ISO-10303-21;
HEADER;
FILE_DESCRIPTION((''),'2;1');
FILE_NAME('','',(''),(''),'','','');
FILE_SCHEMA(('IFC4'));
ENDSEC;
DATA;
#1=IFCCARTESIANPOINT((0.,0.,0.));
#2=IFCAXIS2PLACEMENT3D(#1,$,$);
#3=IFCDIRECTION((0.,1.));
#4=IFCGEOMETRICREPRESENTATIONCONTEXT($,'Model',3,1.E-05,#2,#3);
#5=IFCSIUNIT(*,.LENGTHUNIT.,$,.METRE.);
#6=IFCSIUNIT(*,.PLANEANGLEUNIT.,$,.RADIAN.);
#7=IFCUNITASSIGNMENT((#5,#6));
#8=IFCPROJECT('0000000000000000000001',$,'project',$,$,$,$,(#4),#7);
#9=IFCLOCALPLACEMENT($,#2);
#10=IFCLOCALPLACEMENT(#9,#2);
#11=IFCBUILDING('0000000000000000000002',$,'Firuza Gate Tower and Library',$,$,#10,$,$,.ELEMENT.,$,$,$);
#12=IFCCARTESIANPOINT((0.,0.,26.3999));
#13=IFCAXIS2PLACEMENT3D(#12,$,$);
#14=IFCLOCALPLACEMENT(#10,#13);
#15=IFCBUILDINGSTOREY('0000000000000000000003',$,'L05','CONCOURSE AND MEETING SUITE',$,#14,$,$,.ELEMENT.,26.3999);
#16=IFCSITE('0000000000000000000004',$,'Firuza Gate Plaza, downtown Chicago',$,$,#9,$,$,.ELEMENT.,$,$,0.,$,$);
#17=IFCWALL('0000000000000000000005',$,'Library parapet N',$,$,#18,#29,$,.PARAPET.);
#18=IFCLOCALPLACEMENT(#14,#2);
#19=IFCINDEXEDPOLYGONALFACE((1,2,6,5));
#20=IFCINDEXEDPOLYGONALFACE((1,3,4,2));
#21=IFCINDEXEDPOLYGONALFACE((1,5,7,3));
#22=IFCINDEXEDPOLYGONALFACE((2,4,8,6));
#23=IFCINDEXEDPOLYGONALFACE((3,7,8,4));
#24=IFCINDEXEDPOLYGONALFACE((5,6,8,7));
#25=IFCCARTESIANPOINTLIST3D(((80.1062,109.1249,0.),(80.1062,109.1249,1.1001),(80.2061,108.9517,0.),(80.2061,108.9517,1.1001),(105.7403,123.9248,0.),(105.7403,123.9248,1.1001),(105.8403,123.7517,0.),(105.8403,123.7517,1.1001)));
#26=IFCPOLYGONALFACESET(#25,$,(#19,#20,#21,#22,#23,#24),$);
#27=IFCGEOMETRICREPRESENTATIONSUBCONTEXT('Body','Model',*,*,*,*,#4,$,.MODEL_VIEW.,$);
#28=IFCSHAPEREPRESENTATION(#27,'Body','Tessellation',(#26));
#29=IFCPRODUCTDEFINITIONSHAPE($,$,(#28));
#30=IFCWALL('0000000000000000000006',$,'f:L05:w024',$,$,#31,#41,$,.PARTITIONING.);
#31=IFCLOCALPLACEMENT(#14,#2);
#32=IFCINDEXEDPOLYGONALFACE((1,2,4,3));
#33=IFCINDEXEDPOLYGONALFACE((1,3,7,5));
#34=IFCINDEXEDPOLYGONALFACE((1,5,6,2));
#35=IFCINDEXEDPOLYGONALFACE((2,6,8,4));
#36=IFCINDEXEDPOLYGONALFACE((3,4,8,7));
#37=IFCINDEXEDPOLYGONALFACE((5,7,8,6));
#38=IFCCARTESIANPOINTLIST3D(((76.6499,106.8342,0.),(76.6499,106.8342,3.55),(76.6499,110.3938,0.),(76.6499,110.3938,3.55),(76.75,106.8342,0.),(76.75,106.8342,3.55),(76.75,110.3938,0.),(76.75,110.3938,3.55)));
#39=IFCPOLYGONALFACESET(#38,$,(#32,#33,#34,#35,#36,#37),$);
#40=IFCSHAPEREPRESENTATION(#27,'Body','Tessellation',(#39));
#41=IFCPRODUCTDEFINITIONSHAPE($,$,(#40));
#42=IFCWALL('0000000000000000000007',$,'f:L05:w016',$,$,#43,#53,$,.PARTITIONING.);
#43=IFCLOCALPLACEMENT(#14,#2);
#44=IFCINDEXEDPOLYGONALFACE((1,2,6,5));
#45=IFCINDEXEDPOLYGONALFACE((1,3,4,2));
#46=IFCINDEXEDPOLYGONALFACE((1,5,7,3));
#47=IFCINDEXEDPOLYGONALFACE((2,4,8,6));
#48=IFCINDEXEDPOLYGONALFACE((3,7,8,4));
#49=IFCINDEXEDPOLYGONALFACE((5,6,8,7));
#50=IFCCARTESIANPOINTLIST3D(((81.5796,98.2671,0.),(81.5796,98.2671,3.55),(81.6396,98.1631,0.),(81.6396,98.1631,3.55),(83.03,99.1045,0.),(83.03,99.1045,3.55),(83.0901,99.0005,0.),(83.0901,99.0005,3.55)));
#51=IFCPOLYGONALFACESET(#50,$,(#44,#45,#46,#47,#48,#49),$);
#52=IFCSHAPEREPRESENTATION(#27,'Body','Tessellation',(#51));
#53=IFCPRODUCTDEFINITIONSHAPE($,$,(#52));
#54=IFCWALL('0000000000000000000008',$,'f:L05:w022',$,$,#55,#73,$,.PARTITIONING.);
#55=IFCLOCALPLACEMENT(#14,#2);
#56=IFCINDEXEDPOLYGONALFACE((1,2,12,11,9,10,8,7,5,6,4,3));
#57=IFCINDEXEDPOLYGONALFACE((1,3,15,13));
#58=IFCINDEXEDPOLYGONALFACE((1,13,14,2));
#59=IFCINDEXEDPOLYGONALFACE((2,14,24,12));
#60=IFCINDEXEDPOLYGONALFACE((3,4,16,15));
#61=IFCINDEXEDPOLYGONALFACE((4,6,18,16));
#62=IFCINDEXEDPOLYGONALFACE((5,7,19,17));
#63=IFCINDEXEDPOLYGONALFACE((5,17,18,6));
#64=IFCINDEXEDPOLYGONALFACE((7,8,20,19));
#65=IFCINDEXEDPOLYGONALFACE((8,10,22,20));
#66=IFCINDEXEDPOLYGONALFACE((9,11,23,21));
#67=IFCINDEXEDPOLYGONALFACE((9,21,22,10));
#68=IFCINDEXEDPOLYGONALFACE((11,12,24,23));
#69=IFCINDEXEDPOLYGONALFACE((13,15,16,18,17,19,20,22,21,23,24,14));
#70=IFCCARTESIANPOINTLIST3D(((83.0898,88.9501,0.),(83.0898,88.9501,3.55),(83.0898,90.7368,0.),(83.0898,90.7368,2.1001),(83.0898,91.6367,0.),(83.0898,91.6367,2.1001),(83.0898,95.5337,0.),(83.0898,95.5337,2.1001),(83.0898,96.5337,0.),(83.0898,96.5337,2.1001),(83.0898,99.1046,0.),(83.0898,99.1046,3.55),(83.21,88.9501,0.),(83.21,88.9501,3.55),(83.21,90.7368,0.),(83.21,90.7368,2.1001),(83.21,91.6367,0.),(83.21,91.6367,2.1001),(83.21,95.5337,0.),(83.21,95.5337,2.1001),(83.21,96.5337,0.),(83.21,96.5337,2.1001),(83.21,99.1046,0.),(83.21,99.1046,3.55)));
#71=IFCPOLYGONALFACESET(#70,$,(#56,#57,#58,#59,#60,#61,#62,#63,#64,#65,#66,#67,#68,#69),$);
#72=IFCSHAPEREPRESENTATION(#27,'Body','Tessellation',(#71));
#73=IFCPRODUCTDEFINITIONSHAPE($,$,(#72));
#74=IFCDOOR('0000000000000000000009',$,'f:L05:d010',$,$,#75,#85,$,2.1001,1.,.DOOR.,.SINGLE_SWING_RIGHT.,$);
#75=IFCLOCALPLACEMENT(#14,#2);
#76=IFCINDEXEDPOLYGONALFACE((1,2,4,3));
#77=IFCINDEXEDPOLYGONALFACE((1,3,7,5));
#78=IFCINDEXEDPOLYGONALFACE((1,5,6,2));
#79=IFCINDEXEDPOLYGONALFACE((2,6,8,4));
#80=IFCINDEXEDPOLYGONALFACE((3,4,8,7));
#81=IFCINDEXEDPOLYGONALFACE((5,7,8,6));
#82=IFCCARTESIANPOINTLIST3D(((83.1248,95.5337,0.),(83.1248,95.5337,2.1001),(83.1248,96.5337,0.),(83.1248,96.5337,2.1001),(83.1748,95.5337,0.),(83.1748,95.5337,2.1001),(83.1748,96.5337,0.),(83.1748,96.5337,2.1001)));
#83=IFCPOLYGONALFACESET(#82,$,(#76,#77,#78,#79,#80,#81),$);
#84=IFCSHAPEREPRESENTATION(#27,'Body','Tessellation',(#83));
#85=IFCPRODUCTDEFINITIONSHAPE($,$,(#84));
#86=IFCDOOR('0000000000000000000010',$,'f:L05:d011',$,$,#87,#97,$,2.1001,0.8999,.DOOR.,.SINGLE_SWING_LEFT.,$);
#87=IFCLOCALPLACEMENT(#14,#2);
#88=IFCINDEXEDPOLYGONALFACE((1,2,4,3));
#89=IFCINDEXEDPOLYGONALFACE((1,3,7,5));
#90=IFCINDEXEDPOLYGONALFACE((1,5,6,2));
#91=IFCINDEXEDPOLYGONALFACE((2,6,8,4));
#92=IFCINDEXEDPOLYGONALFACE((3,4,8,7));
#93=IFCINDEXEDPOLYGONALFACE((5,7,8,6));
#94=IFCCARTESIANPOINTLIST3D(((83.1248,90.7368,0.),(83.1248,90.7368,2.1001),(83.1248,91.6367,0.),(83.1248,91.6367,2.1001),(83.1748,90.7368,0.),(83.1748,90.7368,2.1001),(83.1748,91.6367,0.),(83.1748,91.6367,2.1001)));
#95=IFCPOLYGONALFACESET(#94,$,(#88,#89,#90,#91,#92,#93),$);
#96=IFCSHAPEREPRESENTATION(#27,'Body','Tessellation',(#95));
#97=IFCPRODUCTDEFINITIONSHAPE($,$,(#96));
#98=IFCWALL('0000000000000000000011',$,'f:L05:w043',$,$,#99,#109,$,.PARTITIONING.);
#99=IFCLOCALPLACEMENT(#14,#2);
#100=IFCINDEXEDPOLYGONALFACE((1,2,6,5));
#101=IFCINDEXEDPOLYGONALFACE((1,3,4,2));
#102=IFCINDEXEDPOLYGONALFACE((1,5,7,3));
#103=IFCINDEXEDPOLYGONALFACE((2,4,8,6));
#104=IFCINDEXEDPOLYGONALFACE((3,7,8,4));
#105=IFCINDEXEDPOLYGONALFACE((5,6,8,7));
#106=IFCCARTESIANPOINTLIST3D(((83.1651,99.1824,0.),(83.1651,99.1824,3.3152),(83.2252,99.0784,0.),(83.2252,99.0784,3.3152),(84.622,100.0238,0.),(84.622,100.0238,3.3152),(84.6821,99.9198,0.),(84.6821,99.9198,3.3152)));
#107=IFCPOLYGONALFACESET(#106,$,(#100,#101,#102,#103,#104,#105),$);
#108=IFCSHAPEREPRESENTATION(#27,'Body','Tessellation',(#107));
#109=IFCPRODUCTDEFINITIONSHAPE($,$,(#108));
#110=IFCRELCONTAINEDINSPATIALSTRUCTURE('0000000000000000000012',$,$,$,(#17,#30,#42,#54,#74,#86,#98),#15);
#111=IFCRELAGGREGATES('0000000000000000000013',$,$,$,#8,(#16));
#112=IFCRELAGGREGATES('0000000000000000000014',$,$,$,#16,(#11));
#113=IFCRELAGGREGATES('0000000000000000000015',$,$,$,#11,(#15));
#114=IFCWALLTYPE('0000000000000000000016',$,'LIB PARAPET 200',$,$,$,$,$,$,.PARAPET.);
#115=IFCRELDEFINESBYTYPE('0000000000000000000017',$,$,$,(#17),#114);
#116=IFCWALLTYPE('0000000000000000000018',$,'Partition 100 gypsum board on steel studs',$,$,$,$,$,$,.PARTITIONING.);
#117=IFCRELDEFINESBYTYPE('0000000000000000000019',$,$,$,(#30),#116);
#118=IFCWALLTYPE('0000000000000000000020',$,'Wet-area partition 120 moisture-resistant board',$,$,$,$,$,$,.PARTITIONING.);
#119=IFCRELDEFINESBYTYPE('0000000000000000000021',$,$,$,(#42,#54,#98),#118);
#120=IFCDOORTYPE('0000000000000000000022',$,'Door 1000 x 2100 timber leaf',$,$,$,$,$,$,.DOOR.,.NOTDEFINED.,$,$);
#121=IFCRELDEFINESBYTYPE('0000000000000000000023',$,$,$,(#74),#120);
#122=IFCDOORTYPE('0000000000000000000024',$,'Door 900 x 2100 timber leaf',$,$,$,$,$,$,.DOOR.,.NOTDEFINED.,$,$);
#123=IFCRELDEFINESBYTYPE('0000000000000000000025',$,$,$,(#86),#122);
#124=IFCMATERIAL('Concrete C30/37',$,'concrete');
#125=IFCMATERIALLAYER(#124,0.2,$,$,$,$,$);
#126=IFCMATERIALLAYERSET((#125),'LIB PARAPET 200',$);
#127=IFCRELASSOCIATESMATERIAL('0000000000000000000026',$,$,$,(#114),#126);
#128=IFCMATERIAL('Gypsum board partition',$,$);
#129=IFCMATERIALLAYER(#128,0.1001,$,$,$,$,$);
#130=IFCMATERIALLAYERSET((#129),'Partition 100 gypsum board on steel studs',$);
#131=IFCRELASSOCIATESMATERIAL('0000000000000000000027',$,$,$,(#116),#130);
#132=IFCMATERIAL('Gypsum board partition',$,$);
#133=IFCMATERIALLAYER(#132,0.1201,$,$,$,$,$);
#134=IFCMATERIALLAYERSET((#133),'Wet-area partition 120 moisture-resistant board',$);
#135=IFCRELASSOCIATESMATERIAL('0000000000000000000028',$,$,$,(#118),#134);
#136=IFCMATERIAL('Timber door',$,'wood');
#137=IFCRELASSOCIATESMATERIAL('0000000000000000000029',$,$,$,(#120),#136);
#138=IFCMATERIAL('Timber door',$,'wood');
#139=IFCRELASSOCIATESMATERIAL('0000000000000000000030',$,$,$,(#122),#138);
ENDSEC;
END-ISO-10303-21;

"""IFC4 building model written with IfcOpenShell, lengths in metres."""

from ifc_helpers import new_model, si_unit, direction, frame, frame_2d, origin, place, context, subcontext, project, spatial, rectangle, extrude, material, layer, layer_set, type_object, element, fill, save


model = new_model("IFC4")

# Units and contexts
model_context = context("Model", 3, precision=1e-05, world=origin(), true_north=direction((0.0, 1.0)))
body_context = subcontext(model_context, "Body", "Model", "MODEL_VIEW")
ifc_project = project(units=[si_unit("LENGTHUNIT", "METRE"), si_unit("PLANEANGLEUNIT", "RADIAN")], contexts=[model_context])

# Site, building, storey
site_placement = place(None, origin())
site = spatial("IfcSite", under=ifc_project, at=site_placement, Name="Firuza Gate Plaza, downtown Chicago", CompositionType="ELEMENT", RefElevation=0.0)
building_placement = place(site_placement, origin())
building = spatial("IfcBuilding", under=site, at=building_placement, Name="Firuza Gate Tower and Library", CompositionType="ELEMENT")
storey_placement = place(building_placement, frame((0.0, 0.0, 26.3999)))
storey = spatial("IfcBuildingStorey", under=building, at=storey_placement, Name="L05", Description="CONCOURSE AND MEETING SUITE", CompositionType="ELEMENT", Elevation=26.3999)

# Walls
ifc_material_1 = material(Name="Concrete C30/37", Category="concrete")
ifc_layer_1 = layer(ifc_material_1, 0.2)
ifc_layer_set_1 = layer_set([ifc_layer_1], Name="LIB PARAPET 200")
wall_type_1 = type_object("IfcWallType", Name="LIB PARAPET 200", PredefinedType="PARAPET", material=ifc_layer_set_1)
wall_1_placement = place(storey_placement, frame((80.1562, 109.0383, 0.0), z_axis=(0.0, 0.0, 1.0), x_axis=(0.866024, 0.500002, 0.0)))
element("IfcWall", 1, at=wall_1_placement, inside=storey, type_object=wall_type_1, Name="Library parapet N", PredefinedType="PARAPET", context=body_context, shape_type="SweptSolid", body=[
    extrude(rectangle(XDim=29.5999, YDim=0.2, at=frame_2d((14.7998, 0.0))), origin(), (0.0, 0.0, 1.0), 1.1001),
])
ifc_material_2 = material(Name="Gypsum board partition")
ifc_layer_2 = layer(ifc_material_2, 0.1001)
ifc_layer_set_2 = layer_set([ifc_layer_2], Name="Partition 100 gypsum board on steel studs")
wall_type_2 = type_object("IfcWallType", Name="Partition 100 gypsum board on steel studs", PredefinedType="PARTITIONING", material=ifc_layer_set_2)
wall_2_placement = place(storey_placement, frame((76.7, 106.8342, 0.0), z_axis=(0.0, 0.0, 1.0), x_axis=(0.0, 1.0, 0.0)))
element("IfcWall", 2, at=wall_2_placement, inside=storey, type_object=wall_type_2, Name="f:L05:w024", PredefinedType="PARTITIONING", context=body_context, shape_type="SweptSolid", body=[
    extrude(rectangle(XDim=3.5596, YDim=0.1001, at=frame_2d((1.7798, 0.0))), origin(), (0.0, 0.0, 1.0), 3.55),
])
ifc_material_3 = material(Name="Gypsum board partition")
ifc_layer_3 = layer(ifc_material_3, 0.1201)
ifc_layer_set_3 = layer_set([ifc_layer_3], Name="Wet-area partition 120 moisture-resistant board")
wall_type_3 = type_object("IfcWallType", Name="Wet-area partition 120 moisture-resistant board", PredefinedType="PARTITIONING", material=ifc_layer_set_3)
wall_3_placement = place(storey_placement, frame((81.6096, 98.2151, 0.0), z_axis=(0.0, 0.0, 1.0), x_axis=(0.866028, 0.499996, 0.0)))
element("IfcWall", 3, at=wall_3_placement, inside=storey, type_object=wall_type_3, Name="f:L05:w016", PredefinedType="PARTITIONING", context=body_context, shape_type="SweptSolid", body=[
    extrude(rectangle(XDim=1.6748, YDim=0.1201, at=frame_2d((0.8374, 0.0))), origin(), (0.0, 0.0, 1.0), 3.55),
])

# Wall, openings, doors
wall_4_placement = place(storey_placement, frame((83.1499, 99.1045, 0.0), z_axis=(0.0, 0.0, 1.0), x_axis=(0.0, -1.0, 0.0)))
wall_4 = element("IfcWall", 4, at=wall_4_placement, inside=storey, type_object=wall_type_3, Name="f:L05:w022", PredefinedType="PARTITIONING", context=body_context, shape_type="SweptSolid", body=[
    extrude(rectangle(XDim=10.1545, YDim=0.1201, at=frame_2d((5.0771, 0.0))), origin(), (0.0, 0.0, 1.0), 3.55),
])
opening_1_placement = place(wall_4_placement, frame((2.5708, 0.0, 0.0)))
opening_1 = element("IfcOpeningElement", 5, at=opening_1_placement, cuts=wall_4, PredefinedType="OPENING", context=body_context, shape_type="SweptSolid", body=[
    extrude(rectangle(XDim=1.0, YDim=2.1001, at=frame_2d((0.5, 1.05))), frame((0.0, 0.0701, 0.0), z_axis=(0.0, -1.0, 0.0), x_axis=(1.0, 0.0, 0.0)), (0.0, 0.0, 1.0), 0.1401),
])
opening_2_placement = place(wall_4_placement, frame((7.4678, 0.0, 0.0)))
opening_2 = element("IfcOpeningElement", 6, at=opening_2_placement, cuts=wall_4, PredefinedType="OPENING", context=body_context, shape_type="SweptSolid", body=[
    extrude(rectangle(XDim=0.8999, YDim=2.1001, at=frame_2d((0.45, 1.05))), frame((0.0, 0.0701, 0.0), z_axis=(0.0, -1.0, 0.0), x_axis=(1.0, 0.0, 0.0)), (0.0, 0.0, 1.0), 0.1401),
])
ifc_material_4 = material(Name="Timber door", Category="wood")
door_type_1 = type_object("IfcDoorType", Name="Door 1000 x 2100 timber leaf", OperationType="NOTDEFINED", PredefinedType="DOOR", material=ifc_material_4)
door_1_placement = place(opening_1_placement, origin())
door_1 = element("IfcDoor", 7, at=door_1_placement, inside=storey, type_object=door_type_1, Name="f:L05:d010", OperationType="SINGLE_SWING_RIGHT", OverallHeight=2.1001, OverallWidth=1.0, PredefinedType="DOOR", context=body_context, shape_type="SweptSolid", body=[
    extrude(rectangle(XDim=1.0, YDim=2.1001, at=frame_2d((0.5, 1.05))), frame((0.0, 0.0249, 0.0), z_axis=(0.0, -1.0, 0.0), x_axis=(1.0, 0.0, 0.0)), (0.0, 0.0, 1.0), 0.05),
])
fill(opening_1, door_1)
ifc_material_5 = material(Name="Timber door", Category="wood")
door_type_2 = type_object("IfcDoorType", Name="Door 900 x 2100 timber leaf", OperationType="NOTDEFINED", PredefinedType="DOOR", material=ifc_material_5)
door_2_placement = place(opening_2_placement, origin())
door_2 = element("IfcDoor", 8, at=door_2_placement, inside=storey, type_object=door_type_2, Name="f:L05:d011", OperationType="SINGLE_SWING_LEFT", OverallHeight=2.1001, OverallWidth=0.8999, PredefinedType="DOOR", context=body_context, shape_type="SweptSolid", body=[
    extrude(rectangle(XDim=0.8999, YDim=2.1001, at=frame_2d((0.45, 1.05))), frame((0.0, 0.0249, 0.0), z_axis=(0.0, -1.0, 0.0), x_axis=(1.0, 0.0, 0.0)), (0.0, 0.0, 1.0), 0.05),
])
fill(opening_2, door_2)

# Wall
wall_5_placement = place(storey_placement, frame((83.1951, 99.1304, 0.0), z_axis=(0.0, 0.0, 1.0), x_axis=(0.865966, 0.500104, 0.0)))
element("IfcWall", 9, at=wall_5_placement, inside=storey, type_object=wall_type_3, Name="f:L05:w043", PredefinedType="PARTITIONING", context=body_context, shape_type="SweptSolid", body=[
    extrude(rectangle(XDim=1.6824, YDim=0.1201, at=frame_2d((0.8413, 0.0))), origin(), (0.0, 0.0, 1.0), 3.3152),
])

save(model, "model.ifc")
